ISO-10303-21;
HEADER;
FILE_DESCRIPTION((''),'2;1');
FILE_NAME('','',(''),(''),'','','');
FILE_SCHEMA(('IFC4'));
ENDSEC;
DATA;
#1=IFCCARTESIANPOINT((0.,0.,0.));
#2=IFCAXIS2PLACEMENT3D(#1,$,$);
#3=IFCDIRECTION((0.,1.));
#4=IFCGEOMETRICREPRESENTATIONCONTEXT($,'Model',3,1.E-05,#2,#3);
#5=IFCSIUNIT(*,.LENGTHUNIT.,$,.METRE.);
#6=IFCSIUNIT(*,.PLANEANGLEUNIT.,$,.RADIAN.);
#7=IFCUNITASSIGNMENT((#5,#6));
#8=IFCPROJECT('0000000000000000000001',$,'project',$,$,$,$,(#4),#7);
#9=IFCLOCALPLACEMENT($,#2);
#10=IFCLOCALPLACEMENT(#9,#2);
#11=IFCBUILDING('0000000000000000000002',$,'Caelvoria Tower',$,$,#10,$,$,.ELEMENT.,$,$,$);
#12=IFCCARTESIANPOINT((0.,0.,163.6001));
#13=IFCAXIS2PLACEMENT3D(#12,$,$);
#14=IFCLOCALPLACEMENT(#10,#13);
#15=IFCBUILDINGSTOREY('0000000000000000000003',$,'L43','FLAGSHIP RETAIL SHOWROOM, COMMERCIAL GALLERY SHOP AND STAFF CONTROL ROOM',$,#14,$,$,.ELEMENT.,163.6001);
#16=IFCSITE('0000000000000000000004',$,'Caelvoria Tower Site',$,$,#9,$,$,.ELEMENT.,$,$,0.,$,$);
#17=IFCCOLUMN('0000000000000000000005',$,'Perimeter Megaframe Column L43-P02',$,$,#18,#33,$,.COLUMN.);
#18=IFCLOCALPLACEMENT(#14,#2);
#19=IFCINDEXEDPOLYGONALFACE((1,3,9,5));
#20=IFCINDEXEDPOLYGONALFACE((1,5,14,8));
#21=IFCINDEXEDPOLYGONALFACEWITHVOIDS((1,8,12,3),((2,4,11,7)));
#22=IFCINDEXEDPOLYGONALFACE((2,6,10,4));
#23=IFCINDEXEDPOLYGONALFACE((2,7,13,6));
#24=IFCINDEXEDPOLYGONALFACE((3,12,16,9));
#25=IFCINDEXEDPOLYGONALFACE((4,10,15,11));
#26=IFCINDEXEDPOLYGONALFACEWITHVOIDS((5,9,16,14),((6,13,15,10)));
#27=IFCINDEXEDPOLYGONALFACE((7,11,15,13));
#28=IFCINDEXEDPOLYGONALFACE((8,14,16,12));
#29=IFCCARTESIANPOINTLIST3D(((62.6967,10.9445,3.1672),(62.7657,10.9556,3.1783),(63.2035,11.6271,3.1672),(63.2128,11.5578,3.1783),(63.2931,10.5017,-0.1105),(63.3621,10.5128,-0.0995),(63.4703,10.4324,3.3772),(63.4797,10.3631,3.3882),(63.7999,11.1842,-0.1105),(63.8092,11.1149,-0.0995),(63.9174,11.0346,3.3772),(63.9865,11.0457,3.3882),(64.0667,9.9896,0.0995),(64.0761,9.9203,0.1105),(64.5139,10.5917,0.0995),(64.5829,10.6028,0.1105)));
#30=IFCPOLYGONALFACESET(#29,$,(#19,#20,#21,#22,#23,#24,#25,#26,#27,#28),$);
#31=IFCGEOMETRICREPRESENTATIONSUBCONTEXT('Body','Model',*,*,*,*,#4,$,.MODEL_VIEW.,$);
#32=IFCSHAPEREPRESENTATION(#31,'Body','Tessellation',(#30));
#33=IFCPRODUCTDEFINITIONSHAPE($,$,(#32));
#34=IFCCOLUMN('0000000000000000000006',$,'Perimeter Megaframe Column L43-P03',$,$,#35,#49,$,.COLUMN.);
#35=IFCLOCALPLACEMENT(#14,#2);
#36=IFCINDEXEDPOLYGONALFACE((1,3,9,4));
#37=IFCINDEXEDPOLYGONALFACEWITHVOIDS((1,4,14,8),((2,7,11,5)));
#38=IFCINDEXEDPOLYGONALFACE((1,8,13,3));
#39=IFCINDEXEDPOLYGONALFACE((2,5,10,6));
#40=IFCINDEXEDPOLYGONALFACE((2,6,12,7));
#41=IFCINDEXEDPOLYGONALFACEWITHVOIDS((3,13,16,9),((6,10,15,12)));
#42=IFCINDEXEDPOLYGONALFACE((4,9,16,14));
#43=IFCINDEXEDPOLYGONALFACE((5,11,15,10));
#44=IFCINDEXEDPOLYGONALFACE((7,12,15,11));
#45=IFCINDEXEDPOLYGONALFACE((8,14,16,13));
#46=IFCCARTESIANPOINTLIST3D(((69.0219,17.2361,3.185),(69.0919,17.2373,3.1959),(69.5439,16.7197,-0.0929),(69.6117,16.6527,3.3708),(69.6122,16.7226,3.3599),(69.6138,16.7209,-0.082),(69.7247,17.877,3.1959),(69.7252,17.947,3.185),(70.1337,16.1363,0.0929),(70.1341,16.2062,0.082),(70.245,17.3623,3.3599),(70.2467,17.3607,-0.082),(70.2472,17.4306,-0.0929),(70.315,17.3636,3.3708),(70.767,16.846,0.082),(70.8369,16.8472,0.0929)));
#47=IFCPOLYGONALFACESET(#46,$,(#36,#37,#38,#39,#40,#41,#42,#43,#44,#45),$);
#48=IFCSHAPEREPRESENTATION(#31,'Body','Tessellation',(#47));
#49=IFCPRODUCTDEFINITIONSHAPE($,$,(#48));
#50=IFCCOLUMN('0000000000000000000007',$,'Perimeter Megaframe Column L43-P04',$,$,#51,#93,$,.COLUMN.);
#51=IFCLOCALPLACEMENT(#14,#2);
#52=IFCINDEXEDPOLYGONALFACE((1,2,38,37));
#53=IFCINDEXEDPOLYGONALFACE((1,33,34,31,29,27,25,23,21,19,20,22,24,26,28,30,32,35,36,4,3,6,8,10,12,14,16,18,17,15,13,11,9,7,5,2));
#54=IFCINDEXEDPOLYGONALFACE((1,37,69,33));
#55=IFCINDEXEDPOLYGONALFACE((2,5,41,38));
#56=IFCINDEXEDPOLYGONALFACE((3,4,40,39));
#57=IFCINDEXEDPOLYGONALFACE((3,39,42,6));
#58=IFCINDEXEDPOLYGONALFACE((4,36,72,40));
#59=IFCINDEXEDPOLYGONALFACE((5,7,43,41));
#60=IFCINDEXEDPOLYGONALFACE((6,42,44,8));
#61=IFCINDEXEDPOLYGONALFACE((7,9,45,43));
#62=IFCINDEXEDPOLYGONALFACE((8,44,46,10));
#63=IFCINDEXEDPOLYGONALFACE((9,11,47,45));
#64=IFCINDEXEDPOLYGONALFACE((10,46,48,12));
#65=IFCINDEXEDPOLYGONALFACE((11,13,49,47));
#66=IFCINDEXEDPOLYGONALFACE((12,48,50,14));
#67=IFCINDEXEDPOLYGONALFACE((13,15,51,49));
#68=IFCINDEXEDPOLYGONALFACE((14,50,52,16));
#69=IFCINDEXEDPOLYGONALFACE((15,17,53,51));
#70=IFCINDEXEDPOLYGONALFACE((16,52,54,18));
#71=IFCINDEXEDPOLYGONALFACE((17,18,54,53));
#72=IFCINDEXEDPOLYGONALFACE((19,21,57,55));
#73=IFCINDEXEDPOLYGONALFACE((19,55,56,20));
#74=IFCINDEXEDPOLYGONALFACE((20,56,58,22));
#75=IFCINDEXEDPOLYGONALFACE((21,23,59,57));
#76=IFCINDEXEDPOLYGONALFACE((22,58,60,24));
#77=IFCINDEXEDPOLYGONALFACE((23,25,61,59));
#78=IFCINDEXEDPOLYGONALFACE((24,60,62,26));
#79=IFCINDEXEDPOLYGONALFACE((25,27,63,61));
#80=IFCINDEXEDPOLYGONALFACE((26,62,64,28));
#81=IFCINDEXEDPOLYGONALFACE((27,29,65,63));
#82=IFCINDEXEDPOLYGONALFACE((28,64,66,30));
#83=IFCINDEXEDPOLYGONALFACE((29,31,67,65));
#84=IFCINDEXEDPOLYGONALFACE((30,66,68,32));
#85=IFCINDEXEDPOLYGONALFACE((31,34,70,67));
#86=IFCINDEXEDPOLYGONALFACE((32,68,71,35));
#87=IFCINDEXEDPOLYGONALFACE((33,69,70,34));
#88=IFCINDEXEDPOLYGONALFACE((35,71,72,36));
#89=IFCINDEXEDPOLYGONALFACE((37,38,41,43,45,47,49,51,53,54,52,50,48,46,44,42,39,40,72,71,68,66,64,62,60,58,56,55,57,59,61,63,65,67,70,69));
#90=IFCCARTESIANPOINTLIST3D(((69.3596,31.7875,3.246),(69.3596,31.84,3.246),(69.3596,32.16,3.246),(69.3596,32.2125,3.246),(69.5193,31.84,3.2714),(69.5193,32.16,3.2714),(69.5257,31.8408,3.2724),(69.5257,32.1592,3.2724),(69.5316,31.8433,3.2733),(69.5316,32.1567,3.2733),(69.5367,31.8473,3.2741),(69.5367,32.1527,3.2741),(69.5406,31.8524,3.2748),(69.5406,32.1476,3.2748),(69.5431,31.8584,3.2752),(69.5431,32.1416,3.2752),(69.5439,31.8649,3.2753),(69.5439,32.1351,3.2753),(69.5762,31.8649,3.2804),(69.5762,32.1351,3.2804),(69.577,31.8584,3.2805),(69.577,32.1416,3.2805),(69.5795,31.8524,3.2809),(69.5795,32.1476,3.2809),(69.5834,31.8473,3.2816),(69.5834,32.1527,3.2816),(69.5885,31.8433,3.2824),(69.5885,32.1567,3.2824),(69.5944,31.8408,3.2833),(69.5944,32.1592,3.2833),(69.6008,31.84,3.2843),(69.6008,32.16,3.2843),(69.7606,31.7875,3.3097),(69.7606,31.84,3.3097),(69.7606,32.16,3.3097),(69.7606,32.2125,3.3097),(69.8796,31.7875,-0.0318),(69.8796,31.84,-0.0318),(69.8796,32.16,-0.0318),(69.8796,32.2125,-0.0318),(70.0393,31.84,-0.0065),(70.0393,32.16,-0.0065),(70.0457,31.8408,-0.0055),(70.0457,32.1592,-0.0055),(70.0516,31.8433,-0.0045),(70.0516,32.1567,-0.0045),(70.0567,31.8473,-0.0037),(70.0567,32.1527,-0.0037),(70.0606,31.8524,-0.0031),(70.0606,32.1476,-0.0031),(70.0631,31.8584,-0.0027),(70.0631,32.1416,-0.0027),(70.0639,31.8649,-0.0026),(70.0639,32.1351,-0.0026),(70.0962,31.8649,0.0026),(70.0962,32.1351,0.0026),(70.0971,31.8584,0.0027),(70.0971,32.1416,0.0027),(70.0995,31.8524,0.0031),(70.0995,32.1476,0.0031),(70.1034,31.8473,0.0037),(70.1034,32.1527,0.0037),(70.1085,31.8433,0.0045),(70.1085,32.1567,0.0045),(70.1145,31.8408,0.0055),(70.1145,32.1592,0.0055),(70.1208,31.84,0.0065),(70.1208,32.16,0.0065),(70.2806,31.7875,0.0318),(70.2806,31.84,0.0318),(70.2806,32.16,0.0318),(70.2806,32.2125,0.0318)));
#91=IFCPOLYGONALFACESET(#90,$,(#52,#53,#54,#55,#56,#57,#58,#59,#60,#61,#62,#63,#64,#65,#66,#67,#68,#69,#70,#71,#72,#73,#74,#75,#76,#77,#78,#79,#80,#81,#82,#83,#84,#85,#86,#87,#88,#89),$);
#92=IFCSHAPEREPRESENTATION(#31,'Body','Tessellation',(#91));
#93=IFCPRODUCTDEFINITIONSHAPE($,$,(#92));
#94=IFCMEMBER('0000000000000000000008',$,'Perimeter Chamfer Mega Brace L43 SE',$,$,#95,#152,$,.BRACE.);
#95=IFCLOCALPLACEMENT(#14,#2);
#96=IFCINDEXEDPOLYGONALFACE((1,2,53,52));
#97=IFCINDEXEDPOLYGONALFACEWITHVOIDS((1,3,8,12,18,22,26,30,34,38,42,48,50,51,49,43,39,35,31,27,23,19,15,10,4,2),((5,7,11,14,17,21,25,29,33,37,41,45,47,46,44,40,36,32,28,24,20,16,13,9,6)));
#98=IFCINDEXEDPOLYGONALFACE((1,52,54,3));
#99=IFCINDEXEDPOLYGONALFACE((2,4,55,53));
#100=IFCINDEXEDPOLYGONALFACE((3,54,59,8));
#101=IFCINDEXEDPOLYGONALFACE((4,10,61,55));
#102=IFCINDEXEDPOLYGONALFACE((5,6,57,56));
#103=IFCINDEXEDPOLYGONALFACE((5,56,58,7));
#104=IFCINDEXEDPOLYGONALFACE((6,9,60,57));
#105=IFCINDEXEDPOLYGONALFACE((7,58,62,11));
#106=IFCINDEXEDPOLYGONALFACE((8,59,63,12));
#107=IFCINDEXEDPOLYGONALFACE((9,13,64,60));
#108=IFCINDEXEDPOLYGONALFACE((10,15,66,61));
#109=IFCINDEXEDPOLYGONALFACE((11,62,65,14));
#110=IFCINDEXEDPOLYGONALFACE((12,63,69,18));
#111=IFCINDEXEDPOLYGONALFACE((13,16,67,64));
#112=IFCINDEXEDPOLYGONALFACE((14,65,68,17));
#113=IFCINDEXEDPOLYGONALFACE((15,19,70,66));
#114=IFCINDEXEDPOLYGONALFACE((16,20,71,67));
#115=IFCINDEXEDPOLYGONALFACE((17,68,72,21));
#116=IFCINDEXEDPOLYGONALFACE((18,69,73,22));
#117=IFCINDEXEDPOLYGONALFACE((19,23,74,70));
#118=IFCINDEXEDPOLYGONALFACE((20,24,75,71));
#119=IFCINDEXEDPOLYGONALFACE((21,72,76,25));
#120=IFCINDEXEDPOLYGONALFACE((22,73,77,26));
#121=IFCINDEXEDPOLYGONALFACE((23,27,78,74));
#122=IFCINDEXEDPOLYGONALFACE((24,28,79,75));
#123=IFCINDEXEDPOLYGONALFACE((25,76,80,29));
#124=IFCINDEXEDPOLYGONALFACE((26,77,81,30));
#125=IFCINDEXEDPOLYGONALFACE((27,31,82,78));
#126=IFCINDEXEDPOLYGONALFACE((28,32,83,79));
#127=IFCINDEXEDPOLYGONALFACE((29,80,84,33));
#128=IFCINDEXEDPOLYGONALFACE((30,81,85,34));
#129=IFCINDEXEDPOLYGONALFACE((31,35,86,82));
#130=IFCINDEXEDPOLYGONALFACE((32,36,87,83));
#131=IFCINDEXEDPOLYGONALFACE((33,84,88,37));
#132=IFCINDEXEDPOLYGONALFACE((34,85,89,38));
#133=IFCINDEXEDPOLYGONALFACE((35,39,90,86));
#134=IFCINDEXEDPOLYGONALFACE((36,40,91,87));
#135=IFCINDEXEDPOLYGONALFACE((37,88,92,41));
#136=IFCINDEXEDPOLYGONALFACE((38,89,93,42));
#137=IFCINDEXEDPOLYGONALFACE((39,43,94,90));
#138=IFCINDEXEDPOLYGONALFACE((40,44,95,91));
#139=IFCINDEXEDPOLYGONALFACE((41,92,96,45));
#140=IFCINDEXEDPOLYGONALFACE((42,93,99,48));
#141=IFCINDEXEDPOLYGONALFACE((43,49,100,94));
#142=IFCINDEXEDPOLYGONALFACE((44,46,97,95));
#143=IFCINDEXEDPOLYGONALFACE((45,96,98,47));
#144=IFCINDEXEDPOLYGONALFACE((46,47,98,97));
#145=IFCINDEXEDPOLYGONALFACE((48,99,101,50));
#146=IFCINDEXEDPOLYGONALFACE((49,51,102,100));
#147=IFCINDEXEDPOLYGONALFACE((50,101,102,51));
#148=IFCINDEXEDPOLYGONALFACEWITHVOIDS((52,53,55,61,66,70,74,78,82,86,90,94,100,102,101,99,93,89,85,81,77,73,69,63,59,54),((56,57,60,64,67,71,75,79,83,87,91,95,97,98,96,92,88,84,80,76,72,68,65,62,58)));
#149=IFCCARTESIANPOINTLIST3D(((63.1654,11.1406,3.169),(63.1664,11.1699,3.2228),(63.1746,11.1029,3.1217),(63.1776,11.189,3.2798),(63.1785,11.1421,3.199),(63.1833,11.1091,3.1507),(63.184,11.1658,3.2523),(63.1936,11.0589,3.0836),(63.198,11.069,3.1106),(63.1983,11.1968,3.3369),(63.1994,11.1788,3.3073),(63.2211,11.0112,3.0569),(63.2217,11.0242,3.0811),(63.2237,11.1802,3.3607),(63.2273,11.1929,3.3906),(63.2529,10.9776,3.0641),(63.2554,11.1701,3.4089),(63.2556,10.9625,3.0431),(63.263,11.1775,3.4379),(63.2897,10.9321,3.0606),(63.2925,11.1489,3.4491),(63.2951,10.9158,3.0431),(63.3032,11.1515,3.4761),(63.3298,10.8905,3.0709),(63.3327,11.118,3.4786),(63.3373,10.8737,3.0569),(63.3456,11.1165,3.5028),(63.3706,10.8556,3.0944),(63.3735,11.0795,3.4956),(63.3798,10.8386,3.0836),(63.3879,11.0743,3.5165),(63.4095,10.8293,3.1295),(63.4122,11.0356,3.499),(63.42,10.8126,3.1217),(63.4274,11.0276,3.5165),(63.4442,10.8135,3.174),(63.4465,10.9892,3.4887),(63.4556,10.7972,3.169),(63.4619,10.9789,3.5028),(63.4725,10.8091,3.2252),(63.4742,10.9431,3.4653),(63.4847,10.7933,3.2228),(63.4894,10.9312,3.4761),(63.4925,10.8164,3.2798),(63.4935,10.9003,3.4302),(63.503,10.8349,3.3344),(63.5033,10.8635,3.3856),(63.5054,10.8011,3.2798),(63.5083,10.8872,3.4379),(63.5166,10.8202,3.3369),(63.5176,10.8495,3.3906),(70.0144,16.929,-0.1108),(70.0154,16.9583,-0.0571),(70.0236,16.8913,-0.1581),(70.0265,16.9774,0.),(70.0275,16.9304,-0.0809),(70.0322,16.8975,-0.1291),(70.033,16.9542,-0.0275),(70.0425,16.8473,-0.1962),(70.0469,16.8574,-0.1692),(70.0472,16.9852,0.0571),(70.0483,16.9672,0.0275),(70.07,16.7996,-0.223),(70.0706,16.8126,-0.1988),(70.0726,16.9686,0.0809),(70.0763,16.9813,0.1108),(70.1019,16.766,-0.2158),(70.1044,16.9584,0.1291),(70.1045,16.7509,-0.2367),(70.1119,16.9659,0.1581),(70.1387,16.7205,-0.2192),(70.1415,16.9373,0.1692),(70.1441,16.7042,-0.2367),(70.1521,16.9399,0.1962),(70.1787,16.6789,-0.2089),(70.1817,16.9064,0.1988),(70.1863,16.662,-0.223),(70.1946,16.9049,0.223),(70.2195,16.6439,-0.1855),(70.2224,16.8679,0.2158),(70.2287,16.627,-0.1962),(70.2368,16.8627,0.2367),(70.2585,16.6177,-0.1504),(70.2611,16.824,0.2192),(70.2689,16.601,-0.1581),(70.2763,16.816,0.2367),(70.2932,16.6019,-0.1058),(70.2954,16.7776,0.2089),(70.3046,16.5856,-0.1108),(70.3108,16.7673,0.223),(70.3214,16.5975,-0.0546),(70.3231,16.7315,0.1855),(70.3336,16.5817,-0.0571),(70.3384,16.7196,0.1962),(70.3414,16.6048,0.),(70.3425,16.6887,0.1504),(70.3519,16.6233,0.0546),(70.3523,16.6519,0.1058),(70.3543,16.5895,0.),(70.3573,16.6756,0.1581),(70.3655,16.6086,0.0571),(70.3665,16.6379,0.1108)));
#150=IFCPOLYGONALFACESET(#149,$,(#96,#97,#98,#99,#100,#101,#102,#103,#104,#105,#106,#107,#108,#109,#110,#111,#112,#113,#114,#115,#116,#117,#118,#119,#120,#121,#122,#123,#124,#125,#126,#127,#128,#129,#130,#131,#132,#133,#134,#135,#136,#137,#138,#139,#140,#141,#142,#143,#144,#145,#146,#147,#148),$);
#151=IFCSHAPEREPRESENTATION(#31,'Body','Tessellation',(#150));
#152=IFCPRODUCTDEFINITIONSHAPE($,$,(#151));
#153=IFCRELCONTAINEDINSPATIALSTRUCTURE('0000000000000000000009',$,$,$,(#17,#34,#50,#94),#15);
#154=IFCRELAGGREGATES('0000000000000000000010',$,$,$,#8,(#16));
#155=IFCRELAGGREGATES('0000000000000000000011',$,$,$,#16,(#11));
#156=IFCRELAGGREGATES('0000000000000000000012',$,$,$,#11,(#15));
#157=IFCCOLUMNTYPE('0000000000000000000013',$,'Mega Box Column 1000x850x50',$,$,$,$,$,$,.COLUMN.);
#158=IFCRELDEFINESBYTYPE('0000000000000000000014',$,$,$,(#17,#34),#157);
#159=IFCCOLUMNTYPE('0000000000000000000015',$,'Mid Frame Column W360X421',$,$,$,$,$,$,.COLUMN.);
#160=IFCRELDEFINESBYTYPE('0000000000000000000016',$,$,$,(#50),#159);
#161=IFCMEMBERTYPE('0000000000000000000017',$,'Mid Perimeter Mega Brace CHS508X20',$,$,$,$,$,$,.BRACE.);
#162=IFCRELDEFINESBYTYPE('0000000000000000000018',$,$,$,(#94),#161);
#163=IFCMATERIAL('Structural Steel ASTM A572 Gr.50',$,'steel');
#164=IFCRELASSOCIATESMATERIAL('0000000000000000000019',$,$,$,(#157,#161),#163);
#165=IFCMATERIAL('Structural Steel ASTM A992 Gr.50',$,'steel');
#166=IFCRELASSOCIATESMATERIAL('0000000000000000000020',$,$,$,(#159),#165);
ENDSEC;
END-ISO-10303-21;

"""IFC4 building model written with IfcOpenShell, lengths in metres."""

from ifc_helpers import new_model, si_unit, direction, frame, origin, origin_2d, place, context, subcontext, project, spatial, hollow_rectangle, hollow_circle, i_section, extrude, material, material_profile, profile_set, type_object, element, save


model = new_model("IFC4")

# Units and contexts
model_context = context("Model", 3, precision=1e-05, world=origin(), true_north=direction((0.0, 1.0)))
body_context = subcontext(model_context, "Body", "Model", "MODEL_VIEW")
ifc_project = project(units=[si_unit("LENGTHUNIT", "METRE"), si_unit("PLANEANGLEUNIT", "RADIAN")], contexts=[model_context])

# Site, building, storey
site_placement = place(None, origin())
site = spatial("IfcSite", under=ifc_project, at=site_placement, Name="Caelvoria Tower Site", CompositionType="ELEMENT", RefElevation=0.0)
building_placement = place(site_placement, origin())
building = spatial("IfcBuilding", under=site, at=building_placement, Name="Caelvoria Tower", CompositionType="ELEMENT")
storey_placement = place(building_placement, frame((0.0, 0.0, 163.6001)))
storey = spatial("IfcBuildingStorey", under=building, at=storey_placement, Name="L43", Description="FLAGSHIP RETAIL SHOWROOM, COMMERCIAL GALLERY SHOP AND STAFF CONTROL ROOM", CompositionType="ELEMENT", Elevation=163.6001)

# Columns
ifc_material_1 = material(Name="Structural Steel ASTM A572 Gr.50", Category="steel")
ifc_material_profile_1 = material_profile(ifc_material_1, hollow_rectangle(XDim=0.8501, YDim=1.0, WallThickness=0.05, at=origin_2d()), Name="Structural Steel ASTM A572 Gr.50")
ifc_profile_set_1 = profile_set([ifc_material_profile_1], Name="BOX1000X850X50 - Structural Steel ASTM A572 Gr.50")
column_type_1 = type_object("IfcColumnType", Name="Mega Box Column 1000x850x50", PredefinedType="COLUMN", material=ifc_profile_set_1)
column_1_placement = place(storey_placement, frame((63.938, 10.5522, 0.0), z_axis=(-0.17746, 0.131769, 0.975267), x_axis=(-0.596155, -0.80287, 0.0)))
element("IfcColumn", 1, at=column_1_placement, inside=storey, type_object=column_type_1, Name="Perimeter Megaframe Column L43-P02", PredefinedType="COLUMN", context=body_context, shape_type="SweptSolid", body=[
    extrude(hollow_rectangle(XDim=0.8501, YDim=1.0, WallThickness=0.05, at=origin_2d()), origin(), (0.0, 0.0, 1.0), 3.3608),
])
column_2_placement = place(storey_placement, frame((70.1904, 16.7834, 0.0), z_axis=(-0.155393, 0.153721, 0.975819), x_axis=(0.69373, -0.686267, 0.218579)))
element("IfcColumn", 2, at=column_2_placement, inside=storey, type_object=column_type_1, Name="Perimeter Megaframe Column L43-P03", PredefinedType="COLUMN", context=body_context, shape_type="SweptSolid", body=[
    extrude(hollow_rectangle(XDim=0.8501, YDim=1.0, WallThickness=0.05, at=origin_2d()), origin(), (0.0, 0.0, 1.0), 3.3591),
])
ifc_material_2 = material(Name="Structural Steel ASTM A992 Gr.50", Category="steel")
ifc_material_profile_2 = material_profile(ifc_material_2, i_section(OverallWidth=0.406, OverallDepth=0.425, WebThickness=0.0327, FlangeThickness=0.0525, FilletRadius=0.0249, at=origin_2d()), Name="Structural Steel ASTM A992 Gr.50")
ifc_profile_set_2 = profile_set([ifc_material_profile_2], Name="W360X421 - Structural Steel ASTM A992 Gr.50")
column_type_2 = type_object("IfcColumnType", Name="Mid Frame Column W360X421", PredefinedType="COLUMN", material=ifc_profile_set_2)
column_3_placement = place(storey_placement, frame((70.0801, 32.0, 0.0), z_axis=(-0.156688, 0.0, 0.987648), x_axis=(0.987648, 0.0, 0.156688)))
element("IfcColumn", 3, at=column_3_placement, inside=storey, type_object=column_type_2, Name="Perimeter Megaframe Column L43-P04", PredefinedType="COLUMN", context=body_context, shape_type="SweptSolid", body=[
    extrude(i_section(OverallWidth=0.406, OverallDepth=0.425, WebThickness=0.0327, FlangeThickness=0.0525, FilletRadius=0.0249, at=origin_2d()), origin(), (0.0, 0.0, 1.0), 3.3188),
])

# Member
ifc_material_profile_3 = material_profile(ifc_material_1, hollow_circle(Radius=0.2539, WallThickness=0.02, at=origin_2d()), Name="Structural Steel ASTM A572 Gr.50")
ifc_profile_set_3 = profile_set([ifc_material_profile_3], Name="CHS508X20 - Structural Steel ASTM A572 Gr.50")
member_type = type_object("IfcMemberType", Name="Mid Perimeter Mega Brace CHS508X20", PredefinedType="BRACE", material=ifc_profile_set_3)
member_placement = place(storey_placement, frame((70.1904, 16.7834, 0.0), z_axis=(-0.717292, -0.60622, 0.343496), x_axis=(0.645495, -0.763764, 0.0)))
element("IfcMember", 4, at=member_placement, inside=storey, type_object=member_type, Name="Perimeter Chamfer Mega Brace L43 SE", PredefinedType="BRACE", context=body_context, shape_type="SweptSolid", body=[
    extrude(hollow_circle(Radius=0.2539, WallThickness=0.02, at=origin_2d()), origin(), (0.0, 0.0, 1.0), 9.5483),
])

save(model, "model.ifc")
